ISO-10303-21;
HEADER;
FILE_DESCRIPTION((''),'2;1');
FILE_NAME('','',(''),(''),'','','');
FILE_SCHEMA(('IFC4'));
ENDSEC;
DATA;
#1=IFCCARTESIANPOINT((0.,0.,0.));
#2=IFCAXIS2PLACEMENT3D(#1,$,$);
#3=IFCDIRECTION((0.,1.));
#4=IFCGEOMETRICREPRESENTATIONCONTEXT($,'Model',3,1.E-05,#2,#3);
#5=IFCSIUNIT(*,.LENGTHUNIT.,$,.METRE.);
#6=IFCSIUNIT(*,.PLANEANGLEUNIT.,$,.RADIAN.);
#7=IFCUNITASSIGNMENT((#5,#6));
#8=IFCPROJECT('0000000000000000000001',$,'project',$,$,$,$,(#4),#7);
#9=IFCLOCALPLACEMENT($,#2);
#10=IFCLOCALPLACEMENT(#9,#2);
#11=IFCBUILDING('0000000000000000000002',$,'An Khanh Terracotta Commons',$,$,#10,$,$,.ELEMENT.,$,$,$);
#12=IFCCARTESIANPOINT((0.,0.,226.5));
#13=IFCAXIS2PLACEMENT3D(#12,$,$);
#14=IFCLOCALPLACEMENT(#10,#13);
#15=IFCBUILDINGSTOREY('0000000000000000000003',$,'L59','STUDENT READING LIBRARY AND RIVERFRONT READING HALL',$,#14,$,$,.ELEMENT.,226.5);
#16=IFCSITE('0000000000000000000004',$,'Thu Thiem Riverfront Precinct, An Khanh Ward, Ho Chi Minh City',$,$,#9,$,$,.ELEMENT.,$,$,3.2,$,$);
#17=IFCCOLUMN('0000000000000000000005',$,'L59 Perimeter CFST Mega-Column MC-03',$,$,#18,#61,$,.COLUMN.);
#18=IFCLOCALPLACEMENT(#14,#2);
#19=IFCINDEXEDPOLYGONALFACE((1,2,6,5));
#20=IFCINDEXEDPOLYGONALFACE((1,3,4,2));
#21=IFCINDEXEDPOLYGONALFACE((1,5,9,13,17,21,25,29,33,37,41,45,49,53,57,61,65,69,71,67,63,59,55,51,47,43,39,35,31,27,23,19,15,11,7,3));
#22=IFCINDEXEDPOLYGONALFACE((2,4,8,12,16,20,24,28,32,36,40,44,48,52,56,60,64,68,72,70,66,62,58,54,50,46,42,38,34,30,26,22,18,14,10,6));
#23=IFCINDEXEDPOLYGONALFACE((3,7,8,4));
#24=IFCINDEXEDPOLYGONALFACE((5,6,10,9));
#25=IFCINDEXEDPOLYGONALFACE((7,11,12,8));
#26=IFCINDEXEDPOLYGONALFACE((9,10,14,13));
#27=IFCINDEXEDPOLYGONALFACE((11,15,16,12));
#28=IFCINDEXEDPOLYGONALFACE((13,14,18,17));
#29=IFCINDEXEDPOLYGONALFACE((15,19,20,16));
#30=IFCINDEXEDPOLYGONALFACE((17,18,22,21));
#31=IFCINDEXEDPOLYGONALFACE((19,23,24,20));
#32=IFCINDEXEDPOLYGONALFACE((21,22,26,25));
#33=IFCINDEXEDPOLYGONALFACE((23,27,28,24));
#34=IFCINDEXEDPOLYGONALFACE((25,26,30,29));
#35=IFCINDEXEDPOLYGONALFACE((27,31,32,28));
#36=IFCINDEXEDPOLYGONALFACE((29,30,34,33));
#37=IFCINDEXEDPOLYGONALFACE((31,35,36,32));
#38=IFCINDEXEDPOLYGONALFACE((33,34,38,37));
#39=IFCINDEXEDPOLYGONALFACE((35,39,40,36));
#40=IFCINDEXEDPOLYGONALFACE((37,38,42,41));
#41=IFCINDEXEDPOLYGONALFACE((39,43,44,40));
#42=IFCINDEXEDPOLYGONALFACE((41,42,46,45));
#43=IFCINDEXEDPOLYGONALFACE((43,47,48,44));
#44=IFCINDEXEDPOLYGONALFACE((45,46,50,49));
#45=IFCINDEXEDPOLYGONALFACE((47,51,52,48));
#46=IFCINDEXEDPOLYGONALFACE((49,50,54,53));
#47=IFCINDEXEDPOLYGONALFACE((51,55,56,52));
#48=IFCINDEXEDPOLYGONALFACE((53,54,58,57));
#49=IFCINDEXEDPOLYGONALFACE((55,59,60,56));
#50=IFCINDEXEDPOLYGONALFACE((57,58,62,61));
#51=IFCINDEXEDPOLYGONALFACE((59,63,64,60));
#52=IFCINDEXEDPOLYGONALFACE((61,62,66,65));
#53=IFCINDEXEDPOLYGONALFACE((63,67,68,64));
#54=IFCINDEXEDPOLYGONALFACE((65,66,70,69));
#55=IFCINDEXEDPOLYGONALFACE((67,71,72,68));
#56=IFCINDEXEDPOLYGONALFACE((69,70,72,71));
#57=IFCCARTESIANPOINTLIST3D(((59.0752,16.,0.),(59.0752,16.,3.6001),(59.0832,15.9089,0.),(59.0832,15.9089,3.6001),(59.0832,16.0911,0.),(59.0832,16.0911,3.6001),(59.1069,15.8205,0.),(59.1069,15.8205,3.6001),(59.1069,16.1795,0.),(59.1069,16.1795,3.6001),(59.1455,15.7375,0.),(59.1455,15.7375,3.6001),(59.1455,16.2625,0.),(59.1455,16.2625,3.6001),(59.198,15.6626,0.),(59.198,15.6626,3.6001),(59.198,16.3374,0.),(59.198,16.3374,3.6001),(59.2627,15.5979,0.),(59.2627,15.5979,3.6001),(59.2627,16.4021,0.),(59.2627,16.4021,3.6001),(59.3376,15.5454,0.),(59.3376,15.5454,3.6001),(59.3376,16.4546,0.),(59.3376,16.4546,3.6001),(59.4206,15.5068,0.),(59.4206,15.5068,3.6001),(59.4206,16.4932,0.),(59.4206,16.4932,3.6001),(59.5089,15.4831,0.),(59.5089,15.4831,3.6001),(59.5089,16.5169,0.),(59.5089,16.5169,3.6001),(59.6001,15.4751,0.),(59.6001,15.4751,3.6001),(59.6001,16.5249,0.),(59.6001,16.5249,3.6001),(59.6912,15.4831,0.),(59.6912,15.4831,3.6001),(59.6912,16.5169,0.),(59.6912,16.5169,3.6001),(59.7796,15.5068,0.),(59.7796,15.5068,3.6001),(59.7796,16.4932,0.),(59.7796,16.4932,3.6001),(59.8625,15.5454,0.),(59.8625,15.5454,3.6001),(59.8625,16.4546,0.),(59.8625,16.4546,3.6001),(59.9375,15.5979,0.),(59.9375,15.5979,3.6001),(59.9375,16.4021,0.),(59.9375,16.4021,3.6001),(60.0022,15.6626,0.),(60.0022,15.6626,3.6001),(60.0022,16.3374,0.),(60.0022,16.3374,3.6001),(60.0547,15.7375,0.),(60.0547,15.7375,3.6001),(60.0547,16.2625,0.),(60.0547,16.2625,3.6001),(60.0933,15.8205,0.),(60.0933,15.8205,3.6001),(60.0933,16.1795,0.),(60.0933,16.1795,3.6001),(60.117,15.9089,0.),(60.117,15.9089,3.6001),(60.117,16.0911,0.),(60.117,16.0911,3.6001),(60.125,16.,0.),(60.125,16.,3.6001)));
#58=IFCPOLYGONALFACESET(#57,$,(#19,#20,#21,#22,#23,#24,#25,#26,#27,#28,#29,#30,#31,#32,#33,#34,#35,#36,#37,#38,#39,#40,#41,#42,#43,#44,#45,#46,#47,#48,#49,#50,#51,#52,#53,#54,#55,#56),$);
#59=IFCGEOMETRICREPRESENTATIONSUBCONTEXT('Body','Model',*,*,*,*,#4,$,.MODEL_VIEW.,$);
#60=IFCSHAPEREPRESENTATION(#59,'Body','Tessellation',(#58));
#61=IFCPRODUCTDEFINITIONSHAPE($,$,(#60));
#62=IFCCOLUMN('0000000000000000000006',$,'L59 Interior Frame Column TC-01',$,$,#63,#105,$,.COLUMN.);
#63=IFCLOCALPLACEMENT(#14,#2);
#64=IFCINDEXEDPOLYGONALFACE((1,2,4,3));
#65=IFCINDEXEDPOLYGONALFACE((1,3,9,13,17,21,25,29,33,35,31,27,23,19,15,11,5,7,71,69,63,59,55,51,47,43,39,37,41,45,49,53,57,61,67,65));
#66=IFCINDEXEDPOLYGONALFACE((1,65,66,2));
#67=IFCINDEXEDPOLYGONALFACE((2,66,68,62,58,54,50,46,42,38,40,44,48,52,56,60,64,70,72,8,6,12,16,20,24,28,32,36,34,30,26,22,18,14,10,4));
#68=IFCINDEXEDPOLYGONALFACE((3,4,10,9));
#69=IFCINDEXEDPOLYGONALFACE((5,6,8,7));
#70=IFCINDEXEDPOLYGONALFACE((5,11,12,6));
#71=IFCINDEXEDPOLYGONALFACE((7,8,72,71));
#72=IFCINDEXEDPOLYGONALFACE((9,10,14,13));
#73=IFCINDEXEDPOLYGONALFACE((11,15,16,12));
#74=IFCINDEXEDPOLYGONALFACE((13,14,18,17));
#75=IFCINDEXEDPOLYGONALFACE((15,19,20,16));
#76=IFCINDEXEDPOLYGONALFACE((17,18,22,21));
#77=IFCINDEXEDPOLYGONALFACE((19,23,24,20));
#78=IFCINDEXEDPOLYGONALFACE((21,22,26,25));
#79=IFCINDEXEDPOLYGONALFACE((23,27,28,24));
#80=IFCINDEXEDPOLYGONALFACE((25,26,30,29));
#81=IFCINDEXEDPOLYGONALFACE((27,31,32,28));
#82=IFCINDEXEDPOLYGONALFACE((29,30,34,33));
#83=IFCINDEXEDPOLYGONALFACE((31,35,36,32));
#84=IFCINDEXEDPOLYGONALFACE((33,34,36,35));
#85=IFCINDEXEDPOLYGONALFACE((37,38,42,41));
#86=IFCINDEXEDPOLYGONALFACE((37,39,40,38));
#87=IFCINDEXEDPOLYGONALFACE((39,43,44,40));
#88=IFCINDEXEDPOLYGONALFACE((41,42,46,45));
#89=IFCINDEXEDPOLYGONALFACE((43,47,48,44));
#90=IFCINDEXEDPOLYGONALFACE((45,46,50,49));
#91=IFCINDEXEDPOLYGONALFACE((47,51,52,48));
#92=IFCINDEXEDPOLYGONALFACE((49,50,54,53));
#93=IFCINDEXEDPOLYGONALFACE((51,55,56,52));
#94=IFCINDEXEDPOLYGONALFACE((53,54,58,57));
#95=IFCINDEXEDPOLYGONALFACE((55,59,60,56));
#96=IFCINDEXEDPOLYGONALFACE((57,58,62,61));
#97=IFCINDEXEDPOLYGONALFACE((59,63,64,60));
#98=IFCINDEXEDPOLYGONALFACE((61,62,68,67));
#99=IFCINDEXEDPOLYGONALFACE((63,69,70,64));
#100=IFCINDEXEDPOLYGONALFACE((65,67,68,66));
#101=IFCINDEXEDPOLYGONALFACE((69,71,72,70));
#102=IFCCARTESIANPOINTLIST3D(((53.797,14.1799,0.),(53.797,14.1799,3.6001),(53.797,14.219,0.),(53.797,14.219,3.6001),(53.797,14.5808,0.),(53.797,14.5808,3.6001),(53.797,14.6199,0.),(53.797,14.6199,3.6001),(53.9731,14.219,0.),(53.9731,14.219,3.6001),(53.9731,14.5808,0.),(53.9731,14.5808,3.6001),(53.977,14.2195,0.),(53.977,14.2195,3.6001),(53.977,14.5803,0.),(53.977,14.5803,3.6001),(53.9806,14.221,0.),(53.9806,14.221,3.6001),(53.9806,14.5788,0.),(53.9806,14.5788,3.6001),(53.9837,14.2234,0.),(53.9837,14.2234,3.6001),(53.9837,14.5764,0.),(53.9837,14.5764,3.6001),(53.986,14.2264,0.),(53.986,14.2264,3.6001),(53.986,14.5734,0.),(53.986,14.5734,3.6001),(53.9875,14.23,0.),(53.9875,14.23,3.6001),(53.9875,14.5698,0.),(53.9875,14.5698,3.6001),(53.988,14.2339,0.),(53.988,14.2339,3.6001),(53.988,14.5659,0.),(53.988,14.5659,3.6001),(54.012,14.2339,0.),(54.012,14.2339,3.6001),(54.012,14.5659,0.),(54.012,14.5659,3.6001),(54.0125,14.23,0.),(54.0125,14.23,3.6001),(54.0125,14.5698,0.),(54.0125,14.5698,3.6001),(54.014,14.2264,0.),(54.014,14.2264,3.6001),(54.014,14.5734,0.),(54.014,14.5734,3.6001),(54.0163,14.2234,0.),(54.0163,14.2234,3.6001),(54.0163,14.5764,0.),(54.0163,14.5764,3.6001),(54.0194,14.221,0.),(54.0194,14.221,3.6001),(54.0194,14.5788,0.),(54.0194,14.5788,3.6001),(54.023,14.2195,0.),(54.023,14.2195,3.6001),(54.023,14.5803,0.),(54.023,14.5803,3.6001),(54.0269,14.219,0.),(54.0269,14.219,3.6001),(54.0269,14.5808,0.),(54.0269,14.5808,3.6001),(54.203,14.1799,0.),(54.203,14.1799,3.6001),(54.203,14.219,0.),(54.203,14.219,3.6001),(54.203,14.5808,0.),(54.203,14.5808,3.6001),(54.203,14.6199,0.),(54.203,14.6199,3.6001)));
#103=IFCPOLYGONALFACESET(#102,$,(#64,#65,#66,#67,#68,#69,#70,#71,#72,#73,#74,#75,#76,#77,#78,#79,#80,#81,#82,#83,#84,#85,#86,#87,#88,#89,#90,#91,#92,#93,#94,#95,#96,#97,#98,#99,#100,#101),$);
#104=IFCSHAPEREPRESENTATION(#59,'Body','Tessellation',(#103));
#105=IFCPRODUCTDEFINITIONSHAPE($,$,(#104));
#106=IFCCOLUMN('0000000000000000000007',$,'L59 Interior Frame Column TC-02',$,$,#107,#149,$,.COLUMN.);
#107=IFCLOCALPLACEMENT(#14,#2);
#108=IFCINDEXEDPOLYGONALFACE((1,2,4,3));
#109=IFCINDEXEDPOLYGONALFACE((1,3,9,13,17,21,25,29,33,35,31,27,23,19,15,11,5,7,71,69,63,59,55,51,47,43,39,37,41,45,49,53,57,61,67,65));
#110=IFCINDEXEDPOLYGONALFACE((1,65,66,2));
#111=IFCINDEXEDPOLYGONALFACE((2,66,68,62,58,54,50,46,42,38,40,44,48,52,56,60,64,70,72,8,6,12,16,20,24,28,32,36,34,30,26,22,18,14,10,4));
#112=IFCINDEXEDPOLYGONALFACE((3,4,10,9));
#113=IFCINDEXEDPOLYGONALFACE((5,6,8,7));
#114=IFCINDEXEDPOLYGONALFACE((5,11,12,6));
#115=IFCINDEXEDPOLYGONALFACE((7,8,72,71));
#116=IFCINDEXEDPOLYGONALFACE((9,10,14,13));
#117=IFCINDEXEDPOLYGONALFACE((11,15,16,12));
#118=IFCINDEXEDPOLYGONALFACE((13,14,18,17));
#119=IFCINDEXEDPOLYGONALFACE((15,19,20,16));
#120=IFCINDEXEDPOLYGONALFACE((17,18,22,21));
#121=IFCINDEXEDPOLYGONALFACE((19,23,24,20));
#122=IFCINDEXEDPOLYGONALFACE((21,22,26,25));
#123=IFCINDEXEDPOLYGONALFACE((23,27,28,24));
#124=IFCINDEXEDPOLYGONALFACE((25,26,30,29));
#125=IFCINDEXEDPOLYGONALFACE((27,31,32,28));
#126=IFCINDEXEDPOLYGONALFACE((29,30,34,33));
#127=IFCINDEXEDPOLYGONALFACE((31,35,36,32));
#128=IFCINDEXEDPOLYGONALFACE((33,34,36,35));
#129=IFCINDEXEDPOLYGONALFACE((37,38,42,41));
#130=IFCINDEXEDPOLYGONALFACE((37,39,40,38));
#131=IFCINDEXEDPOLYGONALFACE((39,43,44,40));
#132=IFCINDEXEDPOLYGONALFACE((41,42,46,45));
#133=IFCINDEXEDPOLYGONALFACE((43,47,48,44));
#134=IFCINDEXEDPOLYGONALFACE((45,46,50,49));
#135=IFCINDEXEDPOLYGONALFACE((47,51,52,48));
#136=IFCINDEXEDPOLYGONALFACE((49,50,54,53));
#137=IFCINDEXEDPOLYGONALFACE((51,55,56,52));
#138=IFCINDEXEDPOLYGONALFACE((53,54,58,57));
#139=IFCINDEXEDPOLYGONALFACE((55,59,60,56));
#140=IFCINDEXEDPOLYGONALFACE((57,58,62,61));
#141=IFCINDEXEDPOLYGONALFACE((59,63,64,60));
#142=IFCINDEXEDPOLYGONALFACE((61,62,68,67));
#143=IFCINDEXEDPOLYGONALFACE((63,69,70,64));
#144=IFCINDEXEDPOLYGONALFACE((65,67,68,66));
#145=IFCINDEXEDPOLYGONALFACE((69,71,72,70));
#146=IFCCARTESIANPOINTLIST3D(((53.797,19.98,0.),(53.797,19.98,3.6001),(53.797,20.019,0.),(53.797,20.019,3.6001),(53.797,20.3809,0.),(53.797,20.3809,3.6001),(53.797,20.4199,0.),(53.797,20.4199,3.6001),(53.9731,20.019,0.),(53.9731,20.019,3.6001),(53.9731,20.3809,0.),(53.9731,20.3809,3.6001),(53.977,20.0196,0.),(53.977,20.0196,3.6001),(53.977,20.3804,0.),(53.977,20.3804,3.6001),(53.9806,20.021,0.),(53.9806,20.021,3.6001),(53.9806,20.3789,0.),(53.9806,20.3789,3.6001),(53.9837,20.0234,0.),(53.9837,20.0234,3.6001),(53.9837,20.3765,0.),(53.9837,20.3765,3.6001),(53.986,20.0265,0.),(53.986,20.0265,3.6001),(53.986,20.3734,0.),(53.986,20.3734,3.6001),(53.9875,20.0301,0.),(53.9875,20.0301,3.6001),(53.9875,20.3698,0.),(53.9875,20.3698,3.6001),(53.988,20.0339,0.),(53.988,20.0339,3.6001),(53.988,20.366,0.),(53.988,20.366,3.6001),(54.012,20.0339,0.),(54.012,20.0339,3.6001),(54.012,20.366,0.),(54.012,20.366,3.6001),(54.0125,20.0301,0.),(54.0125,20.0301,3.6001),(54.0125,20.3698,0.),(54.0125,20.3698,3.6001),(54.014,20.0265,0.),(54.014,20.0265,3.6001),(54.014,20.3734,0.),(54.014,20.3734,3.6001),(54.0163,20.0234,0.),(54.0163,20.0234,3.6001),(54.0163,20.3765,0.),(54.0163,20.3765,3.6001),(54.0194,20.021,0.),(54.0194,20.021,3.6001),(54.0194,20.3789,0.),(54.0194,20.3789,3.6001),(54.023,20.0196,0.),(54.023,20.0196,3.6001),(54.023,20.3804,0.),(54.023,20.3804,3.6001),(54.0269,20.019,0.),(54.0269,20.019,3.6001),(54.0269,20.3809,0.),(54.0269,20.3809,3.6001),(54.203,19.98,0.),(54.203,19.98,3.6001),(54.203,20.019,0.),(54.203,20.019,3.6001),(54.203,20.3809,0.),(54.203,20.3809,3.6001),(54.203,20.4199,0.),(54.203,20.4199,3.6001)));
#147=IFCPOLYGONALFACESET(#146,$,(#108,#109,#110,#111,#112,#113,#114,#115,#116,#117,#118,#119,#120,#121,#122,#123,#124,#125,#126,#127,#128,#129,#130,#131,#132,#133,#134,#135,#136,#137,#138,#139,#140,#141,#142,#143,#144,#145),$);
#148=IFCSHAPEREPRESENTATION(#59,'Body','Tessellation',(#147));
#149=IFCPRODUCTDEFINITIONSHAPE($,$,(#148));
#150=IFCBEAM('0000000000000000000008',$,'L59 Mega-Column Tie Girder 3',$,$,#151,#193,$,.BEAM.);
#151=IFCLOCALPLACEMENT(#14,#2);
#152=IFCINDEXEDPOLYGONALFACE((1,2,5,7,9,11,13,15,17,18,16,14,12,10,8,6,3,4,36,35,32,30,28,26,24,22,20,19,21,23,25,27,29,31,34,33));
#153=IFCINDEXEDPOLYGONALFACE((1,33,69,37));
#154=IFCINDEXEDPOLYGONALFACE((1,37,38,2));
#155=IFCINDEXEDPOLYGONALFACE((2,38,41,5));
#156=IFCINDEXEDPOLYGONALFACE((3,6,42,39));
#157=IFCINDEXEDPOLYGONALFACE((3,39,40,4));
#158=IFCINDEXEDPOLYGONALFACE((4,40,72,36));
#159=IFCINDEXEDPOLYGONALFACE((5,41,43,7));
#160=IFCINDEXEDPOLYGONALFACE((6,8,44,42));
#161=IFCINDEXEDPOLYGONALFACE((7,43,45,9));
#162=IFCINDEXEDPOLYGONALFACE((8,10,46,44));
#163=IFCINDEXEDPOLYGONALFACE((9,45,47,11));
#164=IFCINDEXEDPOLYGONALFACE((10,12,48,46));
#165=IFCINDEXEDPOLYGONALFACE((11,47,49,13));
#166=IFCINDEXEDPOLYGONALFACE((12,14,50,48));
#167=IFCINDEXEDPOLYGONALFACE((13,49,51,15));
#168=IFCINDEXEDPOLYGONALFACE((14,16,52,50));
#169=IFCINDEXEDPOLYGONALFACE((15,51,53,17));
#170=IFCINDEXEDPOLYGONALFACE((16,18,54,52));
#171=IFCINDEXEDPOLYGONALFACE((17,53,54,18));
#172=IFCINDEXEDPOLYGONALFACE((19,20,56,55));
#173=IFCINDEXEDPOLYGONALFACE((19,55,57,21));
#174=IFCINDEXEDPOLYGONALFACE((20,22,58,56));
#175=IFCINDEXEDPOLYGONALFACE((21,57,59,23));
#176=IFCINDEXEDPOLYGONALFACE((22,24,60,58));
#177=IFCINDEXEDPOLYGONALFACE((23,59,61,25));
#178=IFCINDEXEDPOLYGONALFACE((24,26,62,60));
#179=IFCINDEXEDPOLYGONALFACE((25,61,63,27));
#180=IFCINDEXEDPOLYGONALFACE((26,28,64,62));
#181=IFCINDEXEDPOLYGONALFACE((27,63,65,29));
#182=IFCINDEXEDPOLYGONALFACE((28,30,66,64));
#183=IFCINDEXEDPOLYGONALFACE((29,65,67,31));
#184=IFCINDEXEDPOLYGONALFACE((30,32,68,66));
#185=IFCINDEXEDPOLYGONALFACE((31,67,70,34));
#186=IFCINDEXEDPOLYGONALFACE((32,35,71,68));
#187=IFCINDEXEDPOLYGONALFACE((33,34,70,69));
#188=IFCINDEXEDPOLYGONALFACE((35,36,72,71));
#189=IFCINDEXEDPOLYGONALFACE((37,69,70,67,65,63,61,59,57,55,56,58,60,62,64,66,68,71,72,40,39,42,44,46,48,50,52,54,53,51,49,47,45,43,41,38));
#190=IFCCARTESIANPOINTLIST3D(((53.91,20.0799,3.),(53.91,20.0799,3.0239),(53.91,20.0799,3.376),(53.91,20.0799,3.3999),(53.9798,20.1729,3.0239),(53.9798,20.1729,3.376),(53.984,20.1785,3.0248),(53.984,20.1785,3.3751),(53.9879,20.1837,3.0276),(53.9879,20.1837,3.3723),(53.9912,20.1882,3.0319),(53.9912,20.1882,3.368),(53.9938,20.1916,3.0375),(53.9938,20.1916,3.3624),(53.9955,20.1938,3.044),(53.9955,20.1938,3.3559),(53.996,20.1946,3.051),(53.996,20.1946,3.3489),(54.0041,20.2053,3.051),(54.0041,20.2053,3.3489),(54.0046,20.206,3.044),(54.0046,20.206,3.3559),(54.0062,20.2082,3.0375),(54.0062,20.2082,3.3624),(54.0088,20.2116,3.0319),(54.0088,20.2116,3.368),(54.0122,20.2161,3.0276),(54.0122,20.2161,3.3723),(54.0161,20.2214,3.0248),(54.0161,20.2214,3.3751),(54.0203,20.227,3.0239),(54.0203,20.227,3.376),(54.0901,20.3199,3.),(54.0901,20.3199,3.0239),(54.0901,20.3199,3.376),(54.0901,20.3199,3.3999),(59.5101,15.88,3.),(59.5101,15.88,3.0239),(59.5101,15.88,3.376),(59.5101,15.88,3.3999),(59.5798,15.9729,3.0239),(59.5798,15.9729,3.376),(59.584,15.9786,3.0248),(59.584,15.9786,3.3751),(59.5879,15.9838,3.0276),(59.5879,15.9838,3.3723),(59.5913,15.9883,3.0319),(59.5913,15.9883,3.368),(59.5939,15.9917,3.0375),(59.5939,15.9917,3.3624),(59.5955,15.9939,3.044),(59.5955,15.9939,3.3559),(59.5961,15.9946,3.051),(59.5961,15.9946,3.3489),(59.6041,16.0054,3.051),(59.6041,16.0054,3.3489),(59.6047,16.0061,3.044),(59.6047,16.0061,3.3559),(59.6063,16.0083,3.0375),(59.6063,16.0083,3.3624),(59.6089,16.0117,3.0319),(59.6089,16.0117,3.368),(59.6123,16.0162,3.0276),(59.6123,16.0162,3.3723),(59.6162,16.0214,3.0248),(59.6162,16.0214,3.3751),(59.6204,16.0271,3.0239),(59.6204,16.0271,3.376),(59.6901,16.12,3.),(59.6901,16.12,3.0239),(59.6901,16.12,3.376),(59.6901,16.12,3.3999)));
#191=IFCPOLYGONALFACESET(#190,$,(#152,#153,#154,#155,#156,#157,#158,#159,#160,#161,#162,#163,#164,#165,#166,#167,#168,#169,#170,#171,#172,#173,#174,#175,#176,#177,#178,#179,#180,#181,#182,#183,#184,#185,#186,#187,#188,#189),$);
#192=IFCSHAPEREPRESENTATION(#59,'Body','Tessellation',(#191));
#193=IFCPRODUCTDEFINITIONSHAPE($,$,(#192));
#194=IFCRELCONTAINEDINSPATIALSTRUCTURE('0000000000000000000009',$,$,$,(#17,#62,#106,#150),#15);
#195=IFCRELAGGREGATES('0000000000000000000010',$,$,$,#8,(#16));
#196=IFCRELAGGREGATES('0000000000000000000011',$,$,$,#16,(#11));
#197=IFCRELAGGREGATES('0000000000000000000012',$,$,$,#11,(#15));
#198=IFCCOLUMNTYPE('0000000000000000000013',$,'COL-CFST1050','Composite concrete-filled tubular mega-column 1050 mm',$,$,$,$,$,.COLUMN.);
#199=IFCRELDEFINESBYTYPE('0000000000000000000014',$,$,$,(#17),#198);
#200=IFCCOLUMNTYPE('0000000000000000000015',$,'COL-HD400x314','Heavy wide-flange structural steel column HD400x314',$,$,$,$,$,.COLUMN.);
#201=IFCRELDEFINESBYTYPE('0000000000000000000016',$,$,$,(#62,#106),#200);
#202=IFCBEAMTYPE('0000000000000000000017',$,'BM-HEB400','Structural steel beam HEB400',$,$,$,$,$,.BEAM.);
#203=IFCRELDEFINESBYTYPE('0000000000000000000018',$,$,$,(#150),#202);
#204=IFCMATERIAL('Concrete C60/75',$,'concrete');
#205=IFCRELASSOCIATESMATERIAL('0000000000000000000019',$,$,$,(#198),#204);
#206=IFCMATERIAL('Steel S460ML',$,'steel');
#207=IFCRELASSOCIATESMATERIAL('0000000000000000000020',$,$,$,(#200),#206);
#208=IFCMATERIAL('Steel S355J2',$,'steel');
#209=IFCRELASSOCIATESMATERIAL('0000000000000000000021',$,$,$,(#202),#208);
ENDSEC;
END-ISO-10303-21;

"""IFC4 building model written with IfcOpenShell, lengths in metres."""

from ifc_helpers import new_model, si_unit, direction, frame, origin, origin_2d, place, context, subcontext, project, spatial, circle, i_section, extrude, material, material_profile, profile_set, type_object, element, save


model = new_model("IFC4")

# Units and contexts
model_context = context("Model", 3, precision=1e-05, world=origin(), true_north=direction((0.0, 1.0)))
body_context = subcontext(model_context, "Body", "Model", "MODEL_VIEW")
ifc_project = project(units=[si_unit("LENGTHUNIT", "METRE"), si_unit("PLANEANGLEUNIT", "RADIAN")], contexts=[model_context])

# Site, building, storey
site_placement = place(None, origin())
site = spatial("IfcSite", under=ifc_project, at=site_placement, Name="Thu Thiem Riverfront Precinct, An Khanh Ward, Ho Chi Minh City", CompositionType="ELEMENT", RefElevation=3.2)
building_placement = place(site_placement, origin())
building = spatial("IfcBuilding", under=site, at=building_placement, Name="An Khanh Terracotta Commons", CompositionType="ELEMENT")
storey_placement = place(building_placement, frame((0.0, 0.0, 226.5)))
storey = spatial("IfcBuildingStorey", under=building, at=storey_placement, Name="L59", Description="STUDENT READING LIBRARY AND RIVERFRONT READING HALL", CompositionType="ELEMENT", Elevation=226.5)

# Columns
ifc_material_1 = material(Name="Concrete C60/75", Category="concrete")
ifc_material_profile_1 = material_profile(ifc_material_1, circle(Radius=0.5249, at=origin_2d()), Name="CFST1050")
ifc_profile_set_1 = profile_set([ifc_material_profile_1], Name="Concrete C60/75")
column_type_1 = type_object("IfcColumnType", Name="COL-CFST1050", Description="Composite concrete-filled tubular mega-column 1050 mm", PredefinedType="COLUMN", material=ifc_profile_set_1)
column_placement = place(storey_placement, frame((59.6001, 16.0, 0.0), z_axis=(0.0, 0.0, 1.0), x_axis=(1.0, 0.0, 0.0)))
element("IfcColumn", 1, at=column_placement, inside=storey, type_object=column_type_1, Name="L59 Perimeter CFST Mega-Column MC-03", PredefinedType="COLUMN", context=body_context, shape_type="SweptSolid", body=[
    extrude(circle(Radius=0.5249, at=origin_2d()), origin(), (0.0, 0.0, 1.0), 3.6001),
])
ifc_material_2 = material(Name="Steel S460ML", Category="steel")
ifc_material_profile_2 = material_profile(ifc_material_2, i_section(OverallWidth=0.406, OverallDepth=0.4399, WebThickness=0.0239, FlangeThickness=0.0391, FilletRadius=0.0149, at=origin_2d()), Name="HD400x314")
ifc_profile_set_2 = profile_set([ifc_material_profile_2], Name="Steel S460ML")
column_type_2 = type_object("IfcColumnType", Name="COL-HD400x314", Description="Heavy wide-flange structural steel column HD400x314", PredefinedType="COLUMN", material=ifc_profile_set_2)
for number, where, z_axis, x_axis, name in (
    (2, (54.0, 14.3999, 0.0), (0.0, 0.0, 1.0), (1.0, 0.0, 0.0), "L59 Interior Frame Column TC-01"),
    (3, (54.0, 20.2, 0.0), (0.0, 0.0, 1.0), (1.0, 0.0, 0.0), "L59 Interior Frame Column TC-02"),
):
    element("IfcColumn", number, at=place(storey_placement, frame(where, z_axis=z_axis, x_axis=x_axis)), inside=storey, type_object=column_type_2, Name=name, PredefinedType="COLUMN", context=body_context, shape_type="SweptSolid", body=[
        extrude(i_section(OverallWidth=0.406, OverallDepth=0.4399, WebThickness=0.0239, FlangeThickness=0.0391, FilletRadius=0.0149, at=origin_2d()), origin(), (0.0, 0.0, 1.0), 3.6001),
    ])

# Beam
ifc_material_3 = material(Name="Steel S355J2", Category="steel")
ifc_material_profile_3 = material_profile(ifc_material_3, i_section(OverallWidth=0.3, OverallDepth=0.3999, WebThickness=0.0134, FlangeThickness=0.0239, FilletRadius=0.0271, at=origin_2d()), Name="HEB400")
ifc_profile_set_3 = profile_set([ifc_material_profile_3], Name="Steel S355J2")
beam_type_1 = type_object("IfcBeamType", Name="BM-HEB400", Description="Structural steel beam HEB400", PredefinedType="BEAM", material=ifc_profile_set_3)
beam_1_placement = place(storey_placement, frame((59.6001, 16.0, 3.2), z_axis=(-0.800008, 0.599989, 0.0), x_axis=(-0.599989, -0.800008, 0.0)))
element("IfcBeam", 4, at=beam_1_placement, inside=storey, type_object=beam_type_1, Name="L59 Mega-Column Tie Girder 3", PredefinedType="BEAM", context=body_context, shape_type="SweptSolid", body=[
    extrude(i_section(OverallWidth=0.3, OverallDepth=0.3999, WebThickness=0.0134, FlangeThickness=0.0239, FilletRadius=0.0271, at=origin_2d()), origin(), (0.0, 0.0, 1.0), 7.0),
])

save(model, "model.ifc")
